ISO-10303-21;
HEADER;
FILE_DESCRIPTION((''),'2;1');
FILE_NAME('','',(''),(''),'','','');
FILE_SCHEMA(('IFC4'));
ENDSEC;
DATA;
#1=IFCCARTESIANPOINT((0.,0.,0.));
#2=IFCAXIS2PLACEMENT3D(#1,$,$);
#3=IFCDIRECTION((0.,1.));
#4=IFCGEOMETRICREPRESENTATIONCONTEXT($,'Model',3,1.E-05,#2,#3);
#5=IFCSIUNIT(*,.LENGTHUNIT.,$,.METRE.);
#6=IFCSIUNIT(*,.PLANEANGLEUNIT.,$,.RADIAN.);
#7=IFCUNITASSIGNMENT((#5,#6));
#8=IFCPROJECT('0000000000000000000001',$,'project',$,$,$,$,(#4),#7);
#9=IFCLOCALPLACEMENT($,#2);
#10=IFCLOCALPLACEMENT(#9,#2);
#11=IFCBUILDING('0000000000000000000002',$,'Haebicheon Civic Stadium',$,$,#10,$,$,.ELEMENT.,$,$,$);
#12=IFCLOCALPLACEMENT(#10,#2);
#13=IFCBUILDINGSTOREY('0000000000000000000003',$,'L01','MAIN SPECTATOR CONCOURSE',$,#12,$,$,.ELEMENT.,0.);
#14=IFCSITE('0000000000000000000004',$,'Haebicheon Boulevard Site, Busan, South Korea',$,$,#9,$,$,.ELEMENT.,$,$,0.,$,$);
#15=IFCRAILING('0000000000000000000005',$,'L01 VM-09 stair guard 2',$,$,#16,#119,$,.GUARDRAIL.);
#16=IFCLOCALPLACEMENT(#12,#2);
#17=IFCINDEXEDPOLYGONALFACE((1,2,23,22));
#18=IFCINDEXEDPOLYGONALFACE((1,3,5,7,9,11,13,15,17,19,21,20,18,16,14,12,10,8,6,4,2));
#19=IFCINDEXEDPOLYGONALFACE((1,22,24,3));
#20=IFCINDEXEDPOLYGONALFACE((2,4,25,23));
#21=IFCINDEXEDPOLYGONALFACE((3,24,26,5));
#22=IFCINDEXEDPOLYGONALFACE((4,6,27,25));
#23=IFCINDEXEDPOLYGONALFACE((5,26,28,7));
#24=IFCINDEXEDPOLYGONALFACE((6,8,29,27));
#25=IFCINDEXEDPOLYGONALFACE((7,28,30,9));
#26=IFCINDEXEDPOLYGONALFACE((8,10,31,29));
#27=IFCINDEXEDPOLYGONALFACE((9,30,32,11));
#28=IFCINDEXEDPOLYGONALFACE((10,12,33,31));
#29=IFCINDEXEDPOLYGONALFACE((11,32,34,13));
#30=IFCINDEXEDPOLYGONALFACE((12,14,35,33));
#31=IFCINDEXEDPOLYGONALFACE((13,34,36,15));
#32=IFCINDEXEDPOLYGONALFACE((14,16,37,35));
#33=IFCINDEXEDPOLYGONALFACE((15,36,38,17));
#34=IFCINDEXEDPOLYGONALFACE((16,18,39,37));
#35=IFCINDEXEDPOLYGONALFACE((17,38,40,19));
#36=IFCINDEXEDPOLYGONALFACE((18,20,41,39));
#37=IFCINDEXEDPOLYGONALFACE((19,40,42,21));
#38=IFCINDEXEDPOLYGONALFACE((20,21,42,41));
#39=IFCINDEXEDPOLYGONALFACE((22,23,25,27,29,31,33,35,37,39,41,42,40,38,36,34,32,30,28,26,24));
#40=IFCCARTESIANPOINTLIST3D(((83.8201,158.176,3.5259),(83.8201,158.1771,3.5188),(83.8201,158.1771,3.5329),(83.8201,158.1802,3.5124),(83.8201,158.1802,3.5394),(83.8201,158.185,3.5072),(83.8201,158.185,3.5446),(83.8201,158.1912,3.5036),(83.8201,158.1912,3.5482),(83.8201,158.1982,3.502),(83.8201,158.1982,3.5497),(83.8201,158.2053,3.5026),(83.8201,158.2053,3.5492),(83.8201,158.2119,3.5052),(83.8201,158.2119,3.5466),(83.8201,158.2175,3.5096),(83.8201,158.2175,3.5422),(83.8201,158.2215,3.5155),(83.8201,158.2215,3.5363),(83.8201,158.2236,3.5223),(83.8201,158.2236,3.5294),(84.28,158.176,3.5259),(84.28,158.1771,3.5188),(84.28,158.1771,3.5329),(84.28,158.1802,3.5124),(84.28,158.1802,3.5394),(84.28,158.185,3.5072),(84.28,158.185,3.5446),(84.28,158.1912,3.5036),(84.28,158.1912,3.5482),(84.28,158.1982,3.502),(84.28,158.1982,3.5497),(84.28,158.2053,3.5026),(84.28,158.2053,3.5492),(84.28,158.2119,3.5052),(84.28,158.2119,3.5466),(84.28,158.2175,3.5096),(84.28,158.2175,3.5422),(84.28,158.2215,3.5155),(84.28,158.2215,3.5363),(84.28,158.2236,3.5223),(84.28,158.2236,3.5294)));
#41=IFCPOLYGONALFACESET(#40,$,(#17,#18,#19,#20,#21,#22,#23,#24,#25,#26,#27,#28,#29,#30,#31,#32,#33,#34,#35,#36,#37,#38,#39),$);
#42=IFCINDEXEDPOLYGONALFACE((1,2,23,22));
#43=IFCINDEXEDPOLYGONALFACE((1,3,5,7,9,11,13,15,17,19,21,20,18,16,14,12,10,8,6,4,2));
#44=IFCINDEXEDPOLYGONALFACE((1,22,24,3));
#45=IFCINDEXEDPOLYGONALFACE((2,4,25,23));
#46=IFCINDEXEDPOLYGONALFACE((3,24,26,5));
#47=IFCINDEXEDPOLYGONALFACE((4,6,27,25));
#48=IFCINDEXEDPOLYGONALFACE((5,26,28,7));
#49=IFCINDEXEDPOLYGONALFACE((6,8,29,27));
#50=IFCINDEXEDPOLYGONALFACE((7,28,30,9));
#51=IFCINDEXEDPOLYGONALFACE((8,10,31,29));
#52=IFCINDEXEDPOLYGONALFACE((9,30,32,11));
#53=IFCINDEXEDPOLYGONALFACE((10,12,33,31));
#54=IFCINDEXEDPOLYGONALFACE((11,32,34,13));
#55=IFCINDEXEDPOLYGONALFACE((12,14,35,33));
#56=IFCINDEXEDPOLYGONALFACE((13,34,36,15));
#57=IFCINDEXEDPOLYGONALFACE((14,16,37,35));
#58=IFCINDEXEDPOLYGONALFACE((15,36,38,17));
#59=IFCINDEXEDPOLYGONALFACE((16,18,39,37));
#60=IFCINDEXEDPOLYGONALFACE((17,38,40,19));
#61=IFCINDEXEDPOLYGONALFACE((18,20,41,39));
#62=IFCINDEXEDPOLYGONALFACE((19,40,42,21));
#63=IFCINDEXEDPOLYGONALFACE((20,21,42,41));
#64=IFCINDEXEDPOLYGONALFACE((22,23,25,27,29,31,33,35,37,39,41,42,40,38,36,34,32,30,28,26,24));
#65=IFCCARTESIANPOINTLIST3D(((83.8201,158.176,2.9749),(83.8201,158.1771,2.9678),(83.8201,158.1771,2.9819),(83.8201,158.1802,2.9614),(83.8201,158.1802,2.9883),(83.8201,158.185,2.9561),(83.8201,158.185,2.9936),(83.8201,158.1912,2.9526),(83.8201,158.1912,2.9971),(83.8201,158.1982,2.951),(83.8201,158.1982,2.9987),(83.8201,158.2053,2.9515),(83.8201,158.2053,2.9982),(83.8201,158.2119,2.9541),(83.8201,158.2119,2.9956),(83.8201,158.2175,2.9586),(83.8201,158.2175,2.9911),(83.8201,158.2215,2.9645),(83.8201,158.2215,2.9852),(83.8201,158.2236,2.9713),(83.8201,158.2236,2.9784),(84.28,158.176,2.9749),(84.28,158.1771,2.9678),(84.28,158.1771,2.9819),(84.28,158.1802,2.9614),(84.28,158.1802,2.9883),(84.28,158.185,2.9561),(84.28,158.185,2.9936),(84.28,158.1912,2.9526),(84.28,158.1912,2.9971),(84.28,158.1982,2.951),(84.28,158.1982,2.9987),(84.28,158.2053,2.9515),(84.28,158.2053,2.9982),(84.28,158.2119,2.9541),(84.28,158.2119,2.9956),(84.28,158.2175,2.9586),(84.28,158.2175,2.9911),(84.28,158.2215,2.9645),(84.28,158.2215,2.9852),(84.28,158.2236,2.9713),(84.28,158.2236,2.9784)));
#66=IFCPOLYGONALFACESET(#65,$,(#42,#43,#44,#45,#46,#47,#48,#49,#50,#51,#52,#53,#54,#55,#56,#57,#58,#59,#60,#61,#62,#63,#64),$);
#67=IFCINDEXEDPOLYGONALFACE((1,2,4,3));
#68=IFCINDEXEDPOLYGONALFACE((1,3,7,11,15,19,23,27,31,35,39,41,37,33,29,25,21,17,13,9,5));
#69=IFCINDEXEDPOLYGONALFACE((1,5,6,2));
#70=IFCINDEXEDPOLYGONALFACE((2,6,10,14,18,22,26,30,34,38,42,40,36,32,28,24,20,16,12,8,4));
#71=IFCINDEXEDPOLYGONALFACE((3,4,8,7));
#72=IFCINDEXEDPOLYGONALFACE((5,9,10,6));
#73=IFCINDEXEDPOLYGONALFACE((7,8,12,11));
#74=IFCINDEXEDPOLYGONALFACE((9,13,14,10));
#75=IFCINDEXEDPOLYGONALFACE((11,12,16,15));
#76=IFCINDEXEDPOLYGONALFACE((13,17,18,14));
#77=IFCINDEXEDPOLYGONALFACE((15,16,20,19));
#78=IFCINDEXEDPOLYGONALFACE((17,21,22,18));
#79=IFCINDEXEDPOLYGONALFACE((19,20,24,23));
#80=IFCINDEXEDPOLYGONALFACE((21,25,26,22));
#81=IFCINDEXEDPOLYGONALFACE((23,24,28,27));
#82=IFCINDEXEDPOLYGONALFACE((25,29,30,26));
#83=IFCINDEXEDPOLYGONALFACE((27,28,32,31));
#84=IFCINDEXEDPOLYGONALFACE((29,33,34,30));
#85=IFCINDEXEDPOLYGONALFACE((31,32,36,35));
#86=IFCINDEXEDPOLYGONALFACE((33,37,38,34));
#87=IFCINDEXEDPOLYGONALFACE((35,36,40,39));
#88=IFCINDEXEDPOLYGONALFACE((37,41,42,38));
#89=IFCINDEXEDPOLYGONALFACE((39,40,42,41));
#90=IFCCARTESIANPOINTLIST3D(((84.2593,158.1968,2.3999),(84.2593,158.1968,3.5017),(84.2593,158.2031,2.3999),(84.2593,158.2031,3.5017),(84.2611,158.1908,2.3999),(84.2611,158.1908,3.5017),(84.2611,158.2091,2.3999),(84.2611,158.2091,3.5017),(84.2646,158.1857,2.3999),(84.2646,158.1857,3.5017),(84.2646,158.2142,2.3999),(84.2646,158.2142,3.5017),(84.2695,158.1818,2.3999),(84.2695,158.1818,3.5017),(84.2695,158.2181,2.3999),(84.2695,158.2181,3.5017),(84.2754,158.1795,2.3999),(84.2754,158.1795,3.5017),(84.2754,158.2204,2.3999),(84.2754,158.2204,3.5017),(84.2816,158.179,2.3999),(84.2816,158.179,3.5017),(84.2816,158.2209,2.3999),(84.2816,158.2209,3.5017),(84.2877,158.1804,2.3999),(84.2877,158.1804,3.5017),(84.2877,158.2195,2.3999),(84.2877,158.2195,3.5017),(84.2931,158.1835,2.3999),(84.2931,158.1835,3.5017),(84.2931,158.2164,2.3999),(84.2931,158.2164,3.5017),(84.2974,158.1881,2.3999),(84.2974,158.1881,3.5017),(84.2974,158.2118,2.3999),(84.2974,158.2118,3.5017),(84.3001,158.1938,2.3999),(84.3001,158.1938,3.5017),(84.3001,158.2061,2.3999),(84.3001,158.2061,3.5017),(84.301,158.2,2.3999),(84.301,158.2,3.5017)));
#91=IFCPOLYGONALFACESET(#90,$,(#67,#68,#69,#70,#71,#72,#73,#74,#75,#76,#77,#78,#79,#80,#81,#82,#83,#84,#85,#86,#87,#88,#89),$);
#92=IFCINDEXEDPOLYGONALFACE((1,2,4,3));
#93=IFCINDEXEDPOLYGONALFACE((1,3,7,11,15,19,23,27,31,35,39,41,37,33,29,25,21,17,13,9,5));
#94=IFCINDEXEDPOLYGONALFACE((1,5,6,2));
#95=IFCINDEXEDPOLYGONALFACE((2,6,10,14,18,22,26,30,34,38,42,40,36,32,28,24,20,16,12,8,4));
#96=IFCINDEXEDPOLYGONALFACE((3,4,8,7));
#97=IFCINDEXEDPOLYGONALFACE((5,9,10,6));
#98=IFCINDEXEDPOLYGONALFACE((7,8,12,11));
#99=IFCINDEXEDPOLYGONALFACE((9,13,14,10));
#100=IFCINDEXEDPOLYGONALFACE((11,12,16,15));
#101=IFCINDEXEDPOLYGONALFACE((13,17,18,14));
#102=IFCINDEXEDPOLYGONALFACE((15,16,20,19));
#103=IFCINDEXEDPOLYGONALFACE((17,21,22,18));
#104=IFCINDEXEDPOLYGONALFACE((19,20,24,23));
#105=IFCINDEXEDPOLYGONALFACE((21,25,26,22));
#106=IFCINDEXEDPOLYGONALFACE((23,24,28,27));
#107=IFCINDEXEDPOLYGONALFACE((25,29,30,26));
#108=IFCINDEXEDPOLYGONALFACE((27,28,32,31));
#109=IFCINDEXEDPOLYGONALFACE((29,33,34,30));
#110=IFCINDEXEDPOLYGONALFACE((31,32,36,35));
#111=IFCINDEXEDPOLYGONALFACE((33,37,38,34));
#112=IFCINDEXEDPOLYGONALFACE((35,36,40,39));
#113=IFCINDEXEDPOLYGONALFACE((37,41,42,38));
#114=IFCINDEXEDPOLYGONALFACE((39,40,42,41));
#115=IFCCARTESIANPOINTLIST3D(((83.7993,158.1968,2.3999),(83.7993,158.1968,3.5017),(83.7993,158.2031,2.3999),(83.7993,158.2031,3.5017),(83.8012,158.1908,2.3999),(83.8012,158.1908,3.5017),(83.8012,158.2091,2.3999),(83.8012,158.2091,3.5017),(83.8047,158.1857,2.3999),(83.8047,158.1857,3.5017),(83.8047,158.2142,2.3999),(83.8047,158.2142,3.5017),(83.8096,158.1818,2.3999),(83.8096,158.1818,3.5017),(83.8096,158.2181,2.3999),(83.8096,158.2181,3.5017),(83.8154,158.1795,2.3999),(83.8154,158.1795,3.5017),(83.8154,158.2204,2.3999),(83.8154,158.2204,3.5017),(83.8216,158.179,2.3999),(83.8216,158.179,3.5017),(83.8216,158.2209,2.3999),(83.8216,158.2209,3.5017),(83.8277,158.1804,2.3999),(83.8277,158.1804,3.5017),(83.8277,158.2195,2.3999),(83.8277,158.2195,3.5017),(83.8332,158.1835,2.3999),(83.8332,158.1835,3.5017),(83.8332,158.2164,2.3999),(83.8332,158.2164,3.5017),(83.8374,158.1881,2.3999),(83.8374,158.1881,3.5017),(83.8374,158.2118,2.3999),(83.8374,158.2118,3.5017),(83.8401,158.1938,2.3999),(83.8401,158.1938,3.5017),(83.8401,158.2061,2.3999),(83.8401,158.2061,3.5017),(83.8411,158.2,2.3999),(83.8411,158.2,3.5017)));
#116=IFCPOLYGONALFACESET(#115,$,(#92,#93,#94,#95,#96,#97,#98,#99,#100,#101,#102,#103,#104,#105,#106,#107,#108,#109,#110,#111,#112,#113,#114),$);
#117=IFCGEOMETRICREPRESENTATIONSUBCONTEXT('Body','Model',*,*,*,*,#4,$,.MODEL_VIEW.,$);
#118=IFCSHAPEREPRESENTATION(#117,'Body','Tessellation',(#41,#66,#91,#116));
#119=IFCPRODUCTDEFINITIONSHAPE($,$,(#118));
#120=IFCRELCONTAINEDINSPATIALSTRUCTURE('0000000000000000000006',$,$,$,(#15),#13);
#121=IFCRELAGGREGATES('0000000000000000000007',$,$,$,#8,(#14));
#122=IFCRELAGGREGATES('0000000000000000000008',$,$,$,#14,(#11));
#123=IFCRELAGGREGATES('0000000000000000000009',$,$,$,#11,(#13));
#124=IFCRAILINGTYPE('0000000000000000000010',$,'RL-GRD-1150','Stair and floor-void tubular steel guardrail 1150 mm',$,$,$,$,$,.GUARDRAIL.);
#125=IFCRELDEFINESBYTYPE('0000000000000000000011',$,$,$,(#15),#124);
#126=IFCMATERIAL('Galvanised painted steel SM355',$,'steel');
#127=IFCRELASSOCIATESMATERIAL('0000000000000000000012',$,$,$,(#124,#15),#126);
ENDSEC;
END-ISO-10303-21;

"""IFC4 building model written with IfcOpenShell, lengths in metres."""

from ifc_helpers import new_model, si_unit, direction, frame, origin, origin_2d, place, context, subcontext, project, spatial, circle, extrude, material, type_object, element, save


model = new_model("IFC4")

# Units and contexts
model_context = context("Model", 3, precision=1e-05, world=origin(), true_north=direction((0.0, 1.0)))
body_context = subcontext(model_context, "Body", "Model", "MODEL_VIEW")
ifc_project = project(units=[si_unit("LENGTHUNIT", "METRE"), si_unit("PLANEANGLEUNIT", "RADIAN")], contexts=[model_context])

# Site, building, storey
site_placement = place(None, origin())
site = spatial("IfcSite", under=ifc_project, at=site_placement, Name="Haebicheon Boulevard Site, Busan, South Korea", CompositionType="ELEMENT", RefElevation=0.0)
building_placement = place(site_placement, origin())
building = spatial("IfcBuilding", under=site, at=building_placement, Name="Haebicheon Civic Stadium", CompositionType="ELEMENT")
storey_placement = place(building_placement, origin())
storey = spatial("IfcBuildingStorey", under=building, at=storey_placement, Name="L01", Description="MAIN SPECTATOR CONCOURSE", CompositionType="ELEMENT", Elevation=0.0)

# Railing
ifc_material_1 = material(Name="Galvanised painted steel SM355", Category="steel")
railing_type_1 = type_object("IfcRailingType", Name="RL-GRD-1150", Description="Stair and floor-void tubular steel guardrail 1150 mm", PredefinedType="GUARDRAIL", material=ifc_material_1)
railing_1_placement = place(storey_placement, frame((84.28, 158.2, 2.3999)))
element("IfcRailing", 1, at=railing_1_placement, inside=storey, type_object=railing_type_1, material=ifc_material_1, Name="L01 VM-09 stair guard 2", PredefinedType="GUARDRAIL", context=body_context, shape_type="SweptSolid", body=[
    extrude(circle(Radius=0.0239, at=origin_2d()), frame((0.0, 0.0, 1.126), z_axis=(-1.0, 0.0, 0.0), x_axis=(0.0, -1.0, 0.0)), (0.0, 0.0, 1.0), 0.46),
    extrude(circle(Radius=0.0239, at=origin_2d()), frame((0.0, 0.0, 0.575), z_axis=(-1.0, 0.0, 0.0), x_axis=(0.0, -1.0, 0.0)), (0.0, 0.0, 1.0), 0.46),
    extrude(circle(Radius=0.021, at=origin_2d()), origin(), (0.0, 0.0, 1.0), 1.1018),
    extrude(circle(Radius=0.021, at=origin_2d()), frame((-0.46, 0.0, 0.0)), (0.0, 0.0, 1.0), 1.1018),
])

save(model, "model.ifc")
